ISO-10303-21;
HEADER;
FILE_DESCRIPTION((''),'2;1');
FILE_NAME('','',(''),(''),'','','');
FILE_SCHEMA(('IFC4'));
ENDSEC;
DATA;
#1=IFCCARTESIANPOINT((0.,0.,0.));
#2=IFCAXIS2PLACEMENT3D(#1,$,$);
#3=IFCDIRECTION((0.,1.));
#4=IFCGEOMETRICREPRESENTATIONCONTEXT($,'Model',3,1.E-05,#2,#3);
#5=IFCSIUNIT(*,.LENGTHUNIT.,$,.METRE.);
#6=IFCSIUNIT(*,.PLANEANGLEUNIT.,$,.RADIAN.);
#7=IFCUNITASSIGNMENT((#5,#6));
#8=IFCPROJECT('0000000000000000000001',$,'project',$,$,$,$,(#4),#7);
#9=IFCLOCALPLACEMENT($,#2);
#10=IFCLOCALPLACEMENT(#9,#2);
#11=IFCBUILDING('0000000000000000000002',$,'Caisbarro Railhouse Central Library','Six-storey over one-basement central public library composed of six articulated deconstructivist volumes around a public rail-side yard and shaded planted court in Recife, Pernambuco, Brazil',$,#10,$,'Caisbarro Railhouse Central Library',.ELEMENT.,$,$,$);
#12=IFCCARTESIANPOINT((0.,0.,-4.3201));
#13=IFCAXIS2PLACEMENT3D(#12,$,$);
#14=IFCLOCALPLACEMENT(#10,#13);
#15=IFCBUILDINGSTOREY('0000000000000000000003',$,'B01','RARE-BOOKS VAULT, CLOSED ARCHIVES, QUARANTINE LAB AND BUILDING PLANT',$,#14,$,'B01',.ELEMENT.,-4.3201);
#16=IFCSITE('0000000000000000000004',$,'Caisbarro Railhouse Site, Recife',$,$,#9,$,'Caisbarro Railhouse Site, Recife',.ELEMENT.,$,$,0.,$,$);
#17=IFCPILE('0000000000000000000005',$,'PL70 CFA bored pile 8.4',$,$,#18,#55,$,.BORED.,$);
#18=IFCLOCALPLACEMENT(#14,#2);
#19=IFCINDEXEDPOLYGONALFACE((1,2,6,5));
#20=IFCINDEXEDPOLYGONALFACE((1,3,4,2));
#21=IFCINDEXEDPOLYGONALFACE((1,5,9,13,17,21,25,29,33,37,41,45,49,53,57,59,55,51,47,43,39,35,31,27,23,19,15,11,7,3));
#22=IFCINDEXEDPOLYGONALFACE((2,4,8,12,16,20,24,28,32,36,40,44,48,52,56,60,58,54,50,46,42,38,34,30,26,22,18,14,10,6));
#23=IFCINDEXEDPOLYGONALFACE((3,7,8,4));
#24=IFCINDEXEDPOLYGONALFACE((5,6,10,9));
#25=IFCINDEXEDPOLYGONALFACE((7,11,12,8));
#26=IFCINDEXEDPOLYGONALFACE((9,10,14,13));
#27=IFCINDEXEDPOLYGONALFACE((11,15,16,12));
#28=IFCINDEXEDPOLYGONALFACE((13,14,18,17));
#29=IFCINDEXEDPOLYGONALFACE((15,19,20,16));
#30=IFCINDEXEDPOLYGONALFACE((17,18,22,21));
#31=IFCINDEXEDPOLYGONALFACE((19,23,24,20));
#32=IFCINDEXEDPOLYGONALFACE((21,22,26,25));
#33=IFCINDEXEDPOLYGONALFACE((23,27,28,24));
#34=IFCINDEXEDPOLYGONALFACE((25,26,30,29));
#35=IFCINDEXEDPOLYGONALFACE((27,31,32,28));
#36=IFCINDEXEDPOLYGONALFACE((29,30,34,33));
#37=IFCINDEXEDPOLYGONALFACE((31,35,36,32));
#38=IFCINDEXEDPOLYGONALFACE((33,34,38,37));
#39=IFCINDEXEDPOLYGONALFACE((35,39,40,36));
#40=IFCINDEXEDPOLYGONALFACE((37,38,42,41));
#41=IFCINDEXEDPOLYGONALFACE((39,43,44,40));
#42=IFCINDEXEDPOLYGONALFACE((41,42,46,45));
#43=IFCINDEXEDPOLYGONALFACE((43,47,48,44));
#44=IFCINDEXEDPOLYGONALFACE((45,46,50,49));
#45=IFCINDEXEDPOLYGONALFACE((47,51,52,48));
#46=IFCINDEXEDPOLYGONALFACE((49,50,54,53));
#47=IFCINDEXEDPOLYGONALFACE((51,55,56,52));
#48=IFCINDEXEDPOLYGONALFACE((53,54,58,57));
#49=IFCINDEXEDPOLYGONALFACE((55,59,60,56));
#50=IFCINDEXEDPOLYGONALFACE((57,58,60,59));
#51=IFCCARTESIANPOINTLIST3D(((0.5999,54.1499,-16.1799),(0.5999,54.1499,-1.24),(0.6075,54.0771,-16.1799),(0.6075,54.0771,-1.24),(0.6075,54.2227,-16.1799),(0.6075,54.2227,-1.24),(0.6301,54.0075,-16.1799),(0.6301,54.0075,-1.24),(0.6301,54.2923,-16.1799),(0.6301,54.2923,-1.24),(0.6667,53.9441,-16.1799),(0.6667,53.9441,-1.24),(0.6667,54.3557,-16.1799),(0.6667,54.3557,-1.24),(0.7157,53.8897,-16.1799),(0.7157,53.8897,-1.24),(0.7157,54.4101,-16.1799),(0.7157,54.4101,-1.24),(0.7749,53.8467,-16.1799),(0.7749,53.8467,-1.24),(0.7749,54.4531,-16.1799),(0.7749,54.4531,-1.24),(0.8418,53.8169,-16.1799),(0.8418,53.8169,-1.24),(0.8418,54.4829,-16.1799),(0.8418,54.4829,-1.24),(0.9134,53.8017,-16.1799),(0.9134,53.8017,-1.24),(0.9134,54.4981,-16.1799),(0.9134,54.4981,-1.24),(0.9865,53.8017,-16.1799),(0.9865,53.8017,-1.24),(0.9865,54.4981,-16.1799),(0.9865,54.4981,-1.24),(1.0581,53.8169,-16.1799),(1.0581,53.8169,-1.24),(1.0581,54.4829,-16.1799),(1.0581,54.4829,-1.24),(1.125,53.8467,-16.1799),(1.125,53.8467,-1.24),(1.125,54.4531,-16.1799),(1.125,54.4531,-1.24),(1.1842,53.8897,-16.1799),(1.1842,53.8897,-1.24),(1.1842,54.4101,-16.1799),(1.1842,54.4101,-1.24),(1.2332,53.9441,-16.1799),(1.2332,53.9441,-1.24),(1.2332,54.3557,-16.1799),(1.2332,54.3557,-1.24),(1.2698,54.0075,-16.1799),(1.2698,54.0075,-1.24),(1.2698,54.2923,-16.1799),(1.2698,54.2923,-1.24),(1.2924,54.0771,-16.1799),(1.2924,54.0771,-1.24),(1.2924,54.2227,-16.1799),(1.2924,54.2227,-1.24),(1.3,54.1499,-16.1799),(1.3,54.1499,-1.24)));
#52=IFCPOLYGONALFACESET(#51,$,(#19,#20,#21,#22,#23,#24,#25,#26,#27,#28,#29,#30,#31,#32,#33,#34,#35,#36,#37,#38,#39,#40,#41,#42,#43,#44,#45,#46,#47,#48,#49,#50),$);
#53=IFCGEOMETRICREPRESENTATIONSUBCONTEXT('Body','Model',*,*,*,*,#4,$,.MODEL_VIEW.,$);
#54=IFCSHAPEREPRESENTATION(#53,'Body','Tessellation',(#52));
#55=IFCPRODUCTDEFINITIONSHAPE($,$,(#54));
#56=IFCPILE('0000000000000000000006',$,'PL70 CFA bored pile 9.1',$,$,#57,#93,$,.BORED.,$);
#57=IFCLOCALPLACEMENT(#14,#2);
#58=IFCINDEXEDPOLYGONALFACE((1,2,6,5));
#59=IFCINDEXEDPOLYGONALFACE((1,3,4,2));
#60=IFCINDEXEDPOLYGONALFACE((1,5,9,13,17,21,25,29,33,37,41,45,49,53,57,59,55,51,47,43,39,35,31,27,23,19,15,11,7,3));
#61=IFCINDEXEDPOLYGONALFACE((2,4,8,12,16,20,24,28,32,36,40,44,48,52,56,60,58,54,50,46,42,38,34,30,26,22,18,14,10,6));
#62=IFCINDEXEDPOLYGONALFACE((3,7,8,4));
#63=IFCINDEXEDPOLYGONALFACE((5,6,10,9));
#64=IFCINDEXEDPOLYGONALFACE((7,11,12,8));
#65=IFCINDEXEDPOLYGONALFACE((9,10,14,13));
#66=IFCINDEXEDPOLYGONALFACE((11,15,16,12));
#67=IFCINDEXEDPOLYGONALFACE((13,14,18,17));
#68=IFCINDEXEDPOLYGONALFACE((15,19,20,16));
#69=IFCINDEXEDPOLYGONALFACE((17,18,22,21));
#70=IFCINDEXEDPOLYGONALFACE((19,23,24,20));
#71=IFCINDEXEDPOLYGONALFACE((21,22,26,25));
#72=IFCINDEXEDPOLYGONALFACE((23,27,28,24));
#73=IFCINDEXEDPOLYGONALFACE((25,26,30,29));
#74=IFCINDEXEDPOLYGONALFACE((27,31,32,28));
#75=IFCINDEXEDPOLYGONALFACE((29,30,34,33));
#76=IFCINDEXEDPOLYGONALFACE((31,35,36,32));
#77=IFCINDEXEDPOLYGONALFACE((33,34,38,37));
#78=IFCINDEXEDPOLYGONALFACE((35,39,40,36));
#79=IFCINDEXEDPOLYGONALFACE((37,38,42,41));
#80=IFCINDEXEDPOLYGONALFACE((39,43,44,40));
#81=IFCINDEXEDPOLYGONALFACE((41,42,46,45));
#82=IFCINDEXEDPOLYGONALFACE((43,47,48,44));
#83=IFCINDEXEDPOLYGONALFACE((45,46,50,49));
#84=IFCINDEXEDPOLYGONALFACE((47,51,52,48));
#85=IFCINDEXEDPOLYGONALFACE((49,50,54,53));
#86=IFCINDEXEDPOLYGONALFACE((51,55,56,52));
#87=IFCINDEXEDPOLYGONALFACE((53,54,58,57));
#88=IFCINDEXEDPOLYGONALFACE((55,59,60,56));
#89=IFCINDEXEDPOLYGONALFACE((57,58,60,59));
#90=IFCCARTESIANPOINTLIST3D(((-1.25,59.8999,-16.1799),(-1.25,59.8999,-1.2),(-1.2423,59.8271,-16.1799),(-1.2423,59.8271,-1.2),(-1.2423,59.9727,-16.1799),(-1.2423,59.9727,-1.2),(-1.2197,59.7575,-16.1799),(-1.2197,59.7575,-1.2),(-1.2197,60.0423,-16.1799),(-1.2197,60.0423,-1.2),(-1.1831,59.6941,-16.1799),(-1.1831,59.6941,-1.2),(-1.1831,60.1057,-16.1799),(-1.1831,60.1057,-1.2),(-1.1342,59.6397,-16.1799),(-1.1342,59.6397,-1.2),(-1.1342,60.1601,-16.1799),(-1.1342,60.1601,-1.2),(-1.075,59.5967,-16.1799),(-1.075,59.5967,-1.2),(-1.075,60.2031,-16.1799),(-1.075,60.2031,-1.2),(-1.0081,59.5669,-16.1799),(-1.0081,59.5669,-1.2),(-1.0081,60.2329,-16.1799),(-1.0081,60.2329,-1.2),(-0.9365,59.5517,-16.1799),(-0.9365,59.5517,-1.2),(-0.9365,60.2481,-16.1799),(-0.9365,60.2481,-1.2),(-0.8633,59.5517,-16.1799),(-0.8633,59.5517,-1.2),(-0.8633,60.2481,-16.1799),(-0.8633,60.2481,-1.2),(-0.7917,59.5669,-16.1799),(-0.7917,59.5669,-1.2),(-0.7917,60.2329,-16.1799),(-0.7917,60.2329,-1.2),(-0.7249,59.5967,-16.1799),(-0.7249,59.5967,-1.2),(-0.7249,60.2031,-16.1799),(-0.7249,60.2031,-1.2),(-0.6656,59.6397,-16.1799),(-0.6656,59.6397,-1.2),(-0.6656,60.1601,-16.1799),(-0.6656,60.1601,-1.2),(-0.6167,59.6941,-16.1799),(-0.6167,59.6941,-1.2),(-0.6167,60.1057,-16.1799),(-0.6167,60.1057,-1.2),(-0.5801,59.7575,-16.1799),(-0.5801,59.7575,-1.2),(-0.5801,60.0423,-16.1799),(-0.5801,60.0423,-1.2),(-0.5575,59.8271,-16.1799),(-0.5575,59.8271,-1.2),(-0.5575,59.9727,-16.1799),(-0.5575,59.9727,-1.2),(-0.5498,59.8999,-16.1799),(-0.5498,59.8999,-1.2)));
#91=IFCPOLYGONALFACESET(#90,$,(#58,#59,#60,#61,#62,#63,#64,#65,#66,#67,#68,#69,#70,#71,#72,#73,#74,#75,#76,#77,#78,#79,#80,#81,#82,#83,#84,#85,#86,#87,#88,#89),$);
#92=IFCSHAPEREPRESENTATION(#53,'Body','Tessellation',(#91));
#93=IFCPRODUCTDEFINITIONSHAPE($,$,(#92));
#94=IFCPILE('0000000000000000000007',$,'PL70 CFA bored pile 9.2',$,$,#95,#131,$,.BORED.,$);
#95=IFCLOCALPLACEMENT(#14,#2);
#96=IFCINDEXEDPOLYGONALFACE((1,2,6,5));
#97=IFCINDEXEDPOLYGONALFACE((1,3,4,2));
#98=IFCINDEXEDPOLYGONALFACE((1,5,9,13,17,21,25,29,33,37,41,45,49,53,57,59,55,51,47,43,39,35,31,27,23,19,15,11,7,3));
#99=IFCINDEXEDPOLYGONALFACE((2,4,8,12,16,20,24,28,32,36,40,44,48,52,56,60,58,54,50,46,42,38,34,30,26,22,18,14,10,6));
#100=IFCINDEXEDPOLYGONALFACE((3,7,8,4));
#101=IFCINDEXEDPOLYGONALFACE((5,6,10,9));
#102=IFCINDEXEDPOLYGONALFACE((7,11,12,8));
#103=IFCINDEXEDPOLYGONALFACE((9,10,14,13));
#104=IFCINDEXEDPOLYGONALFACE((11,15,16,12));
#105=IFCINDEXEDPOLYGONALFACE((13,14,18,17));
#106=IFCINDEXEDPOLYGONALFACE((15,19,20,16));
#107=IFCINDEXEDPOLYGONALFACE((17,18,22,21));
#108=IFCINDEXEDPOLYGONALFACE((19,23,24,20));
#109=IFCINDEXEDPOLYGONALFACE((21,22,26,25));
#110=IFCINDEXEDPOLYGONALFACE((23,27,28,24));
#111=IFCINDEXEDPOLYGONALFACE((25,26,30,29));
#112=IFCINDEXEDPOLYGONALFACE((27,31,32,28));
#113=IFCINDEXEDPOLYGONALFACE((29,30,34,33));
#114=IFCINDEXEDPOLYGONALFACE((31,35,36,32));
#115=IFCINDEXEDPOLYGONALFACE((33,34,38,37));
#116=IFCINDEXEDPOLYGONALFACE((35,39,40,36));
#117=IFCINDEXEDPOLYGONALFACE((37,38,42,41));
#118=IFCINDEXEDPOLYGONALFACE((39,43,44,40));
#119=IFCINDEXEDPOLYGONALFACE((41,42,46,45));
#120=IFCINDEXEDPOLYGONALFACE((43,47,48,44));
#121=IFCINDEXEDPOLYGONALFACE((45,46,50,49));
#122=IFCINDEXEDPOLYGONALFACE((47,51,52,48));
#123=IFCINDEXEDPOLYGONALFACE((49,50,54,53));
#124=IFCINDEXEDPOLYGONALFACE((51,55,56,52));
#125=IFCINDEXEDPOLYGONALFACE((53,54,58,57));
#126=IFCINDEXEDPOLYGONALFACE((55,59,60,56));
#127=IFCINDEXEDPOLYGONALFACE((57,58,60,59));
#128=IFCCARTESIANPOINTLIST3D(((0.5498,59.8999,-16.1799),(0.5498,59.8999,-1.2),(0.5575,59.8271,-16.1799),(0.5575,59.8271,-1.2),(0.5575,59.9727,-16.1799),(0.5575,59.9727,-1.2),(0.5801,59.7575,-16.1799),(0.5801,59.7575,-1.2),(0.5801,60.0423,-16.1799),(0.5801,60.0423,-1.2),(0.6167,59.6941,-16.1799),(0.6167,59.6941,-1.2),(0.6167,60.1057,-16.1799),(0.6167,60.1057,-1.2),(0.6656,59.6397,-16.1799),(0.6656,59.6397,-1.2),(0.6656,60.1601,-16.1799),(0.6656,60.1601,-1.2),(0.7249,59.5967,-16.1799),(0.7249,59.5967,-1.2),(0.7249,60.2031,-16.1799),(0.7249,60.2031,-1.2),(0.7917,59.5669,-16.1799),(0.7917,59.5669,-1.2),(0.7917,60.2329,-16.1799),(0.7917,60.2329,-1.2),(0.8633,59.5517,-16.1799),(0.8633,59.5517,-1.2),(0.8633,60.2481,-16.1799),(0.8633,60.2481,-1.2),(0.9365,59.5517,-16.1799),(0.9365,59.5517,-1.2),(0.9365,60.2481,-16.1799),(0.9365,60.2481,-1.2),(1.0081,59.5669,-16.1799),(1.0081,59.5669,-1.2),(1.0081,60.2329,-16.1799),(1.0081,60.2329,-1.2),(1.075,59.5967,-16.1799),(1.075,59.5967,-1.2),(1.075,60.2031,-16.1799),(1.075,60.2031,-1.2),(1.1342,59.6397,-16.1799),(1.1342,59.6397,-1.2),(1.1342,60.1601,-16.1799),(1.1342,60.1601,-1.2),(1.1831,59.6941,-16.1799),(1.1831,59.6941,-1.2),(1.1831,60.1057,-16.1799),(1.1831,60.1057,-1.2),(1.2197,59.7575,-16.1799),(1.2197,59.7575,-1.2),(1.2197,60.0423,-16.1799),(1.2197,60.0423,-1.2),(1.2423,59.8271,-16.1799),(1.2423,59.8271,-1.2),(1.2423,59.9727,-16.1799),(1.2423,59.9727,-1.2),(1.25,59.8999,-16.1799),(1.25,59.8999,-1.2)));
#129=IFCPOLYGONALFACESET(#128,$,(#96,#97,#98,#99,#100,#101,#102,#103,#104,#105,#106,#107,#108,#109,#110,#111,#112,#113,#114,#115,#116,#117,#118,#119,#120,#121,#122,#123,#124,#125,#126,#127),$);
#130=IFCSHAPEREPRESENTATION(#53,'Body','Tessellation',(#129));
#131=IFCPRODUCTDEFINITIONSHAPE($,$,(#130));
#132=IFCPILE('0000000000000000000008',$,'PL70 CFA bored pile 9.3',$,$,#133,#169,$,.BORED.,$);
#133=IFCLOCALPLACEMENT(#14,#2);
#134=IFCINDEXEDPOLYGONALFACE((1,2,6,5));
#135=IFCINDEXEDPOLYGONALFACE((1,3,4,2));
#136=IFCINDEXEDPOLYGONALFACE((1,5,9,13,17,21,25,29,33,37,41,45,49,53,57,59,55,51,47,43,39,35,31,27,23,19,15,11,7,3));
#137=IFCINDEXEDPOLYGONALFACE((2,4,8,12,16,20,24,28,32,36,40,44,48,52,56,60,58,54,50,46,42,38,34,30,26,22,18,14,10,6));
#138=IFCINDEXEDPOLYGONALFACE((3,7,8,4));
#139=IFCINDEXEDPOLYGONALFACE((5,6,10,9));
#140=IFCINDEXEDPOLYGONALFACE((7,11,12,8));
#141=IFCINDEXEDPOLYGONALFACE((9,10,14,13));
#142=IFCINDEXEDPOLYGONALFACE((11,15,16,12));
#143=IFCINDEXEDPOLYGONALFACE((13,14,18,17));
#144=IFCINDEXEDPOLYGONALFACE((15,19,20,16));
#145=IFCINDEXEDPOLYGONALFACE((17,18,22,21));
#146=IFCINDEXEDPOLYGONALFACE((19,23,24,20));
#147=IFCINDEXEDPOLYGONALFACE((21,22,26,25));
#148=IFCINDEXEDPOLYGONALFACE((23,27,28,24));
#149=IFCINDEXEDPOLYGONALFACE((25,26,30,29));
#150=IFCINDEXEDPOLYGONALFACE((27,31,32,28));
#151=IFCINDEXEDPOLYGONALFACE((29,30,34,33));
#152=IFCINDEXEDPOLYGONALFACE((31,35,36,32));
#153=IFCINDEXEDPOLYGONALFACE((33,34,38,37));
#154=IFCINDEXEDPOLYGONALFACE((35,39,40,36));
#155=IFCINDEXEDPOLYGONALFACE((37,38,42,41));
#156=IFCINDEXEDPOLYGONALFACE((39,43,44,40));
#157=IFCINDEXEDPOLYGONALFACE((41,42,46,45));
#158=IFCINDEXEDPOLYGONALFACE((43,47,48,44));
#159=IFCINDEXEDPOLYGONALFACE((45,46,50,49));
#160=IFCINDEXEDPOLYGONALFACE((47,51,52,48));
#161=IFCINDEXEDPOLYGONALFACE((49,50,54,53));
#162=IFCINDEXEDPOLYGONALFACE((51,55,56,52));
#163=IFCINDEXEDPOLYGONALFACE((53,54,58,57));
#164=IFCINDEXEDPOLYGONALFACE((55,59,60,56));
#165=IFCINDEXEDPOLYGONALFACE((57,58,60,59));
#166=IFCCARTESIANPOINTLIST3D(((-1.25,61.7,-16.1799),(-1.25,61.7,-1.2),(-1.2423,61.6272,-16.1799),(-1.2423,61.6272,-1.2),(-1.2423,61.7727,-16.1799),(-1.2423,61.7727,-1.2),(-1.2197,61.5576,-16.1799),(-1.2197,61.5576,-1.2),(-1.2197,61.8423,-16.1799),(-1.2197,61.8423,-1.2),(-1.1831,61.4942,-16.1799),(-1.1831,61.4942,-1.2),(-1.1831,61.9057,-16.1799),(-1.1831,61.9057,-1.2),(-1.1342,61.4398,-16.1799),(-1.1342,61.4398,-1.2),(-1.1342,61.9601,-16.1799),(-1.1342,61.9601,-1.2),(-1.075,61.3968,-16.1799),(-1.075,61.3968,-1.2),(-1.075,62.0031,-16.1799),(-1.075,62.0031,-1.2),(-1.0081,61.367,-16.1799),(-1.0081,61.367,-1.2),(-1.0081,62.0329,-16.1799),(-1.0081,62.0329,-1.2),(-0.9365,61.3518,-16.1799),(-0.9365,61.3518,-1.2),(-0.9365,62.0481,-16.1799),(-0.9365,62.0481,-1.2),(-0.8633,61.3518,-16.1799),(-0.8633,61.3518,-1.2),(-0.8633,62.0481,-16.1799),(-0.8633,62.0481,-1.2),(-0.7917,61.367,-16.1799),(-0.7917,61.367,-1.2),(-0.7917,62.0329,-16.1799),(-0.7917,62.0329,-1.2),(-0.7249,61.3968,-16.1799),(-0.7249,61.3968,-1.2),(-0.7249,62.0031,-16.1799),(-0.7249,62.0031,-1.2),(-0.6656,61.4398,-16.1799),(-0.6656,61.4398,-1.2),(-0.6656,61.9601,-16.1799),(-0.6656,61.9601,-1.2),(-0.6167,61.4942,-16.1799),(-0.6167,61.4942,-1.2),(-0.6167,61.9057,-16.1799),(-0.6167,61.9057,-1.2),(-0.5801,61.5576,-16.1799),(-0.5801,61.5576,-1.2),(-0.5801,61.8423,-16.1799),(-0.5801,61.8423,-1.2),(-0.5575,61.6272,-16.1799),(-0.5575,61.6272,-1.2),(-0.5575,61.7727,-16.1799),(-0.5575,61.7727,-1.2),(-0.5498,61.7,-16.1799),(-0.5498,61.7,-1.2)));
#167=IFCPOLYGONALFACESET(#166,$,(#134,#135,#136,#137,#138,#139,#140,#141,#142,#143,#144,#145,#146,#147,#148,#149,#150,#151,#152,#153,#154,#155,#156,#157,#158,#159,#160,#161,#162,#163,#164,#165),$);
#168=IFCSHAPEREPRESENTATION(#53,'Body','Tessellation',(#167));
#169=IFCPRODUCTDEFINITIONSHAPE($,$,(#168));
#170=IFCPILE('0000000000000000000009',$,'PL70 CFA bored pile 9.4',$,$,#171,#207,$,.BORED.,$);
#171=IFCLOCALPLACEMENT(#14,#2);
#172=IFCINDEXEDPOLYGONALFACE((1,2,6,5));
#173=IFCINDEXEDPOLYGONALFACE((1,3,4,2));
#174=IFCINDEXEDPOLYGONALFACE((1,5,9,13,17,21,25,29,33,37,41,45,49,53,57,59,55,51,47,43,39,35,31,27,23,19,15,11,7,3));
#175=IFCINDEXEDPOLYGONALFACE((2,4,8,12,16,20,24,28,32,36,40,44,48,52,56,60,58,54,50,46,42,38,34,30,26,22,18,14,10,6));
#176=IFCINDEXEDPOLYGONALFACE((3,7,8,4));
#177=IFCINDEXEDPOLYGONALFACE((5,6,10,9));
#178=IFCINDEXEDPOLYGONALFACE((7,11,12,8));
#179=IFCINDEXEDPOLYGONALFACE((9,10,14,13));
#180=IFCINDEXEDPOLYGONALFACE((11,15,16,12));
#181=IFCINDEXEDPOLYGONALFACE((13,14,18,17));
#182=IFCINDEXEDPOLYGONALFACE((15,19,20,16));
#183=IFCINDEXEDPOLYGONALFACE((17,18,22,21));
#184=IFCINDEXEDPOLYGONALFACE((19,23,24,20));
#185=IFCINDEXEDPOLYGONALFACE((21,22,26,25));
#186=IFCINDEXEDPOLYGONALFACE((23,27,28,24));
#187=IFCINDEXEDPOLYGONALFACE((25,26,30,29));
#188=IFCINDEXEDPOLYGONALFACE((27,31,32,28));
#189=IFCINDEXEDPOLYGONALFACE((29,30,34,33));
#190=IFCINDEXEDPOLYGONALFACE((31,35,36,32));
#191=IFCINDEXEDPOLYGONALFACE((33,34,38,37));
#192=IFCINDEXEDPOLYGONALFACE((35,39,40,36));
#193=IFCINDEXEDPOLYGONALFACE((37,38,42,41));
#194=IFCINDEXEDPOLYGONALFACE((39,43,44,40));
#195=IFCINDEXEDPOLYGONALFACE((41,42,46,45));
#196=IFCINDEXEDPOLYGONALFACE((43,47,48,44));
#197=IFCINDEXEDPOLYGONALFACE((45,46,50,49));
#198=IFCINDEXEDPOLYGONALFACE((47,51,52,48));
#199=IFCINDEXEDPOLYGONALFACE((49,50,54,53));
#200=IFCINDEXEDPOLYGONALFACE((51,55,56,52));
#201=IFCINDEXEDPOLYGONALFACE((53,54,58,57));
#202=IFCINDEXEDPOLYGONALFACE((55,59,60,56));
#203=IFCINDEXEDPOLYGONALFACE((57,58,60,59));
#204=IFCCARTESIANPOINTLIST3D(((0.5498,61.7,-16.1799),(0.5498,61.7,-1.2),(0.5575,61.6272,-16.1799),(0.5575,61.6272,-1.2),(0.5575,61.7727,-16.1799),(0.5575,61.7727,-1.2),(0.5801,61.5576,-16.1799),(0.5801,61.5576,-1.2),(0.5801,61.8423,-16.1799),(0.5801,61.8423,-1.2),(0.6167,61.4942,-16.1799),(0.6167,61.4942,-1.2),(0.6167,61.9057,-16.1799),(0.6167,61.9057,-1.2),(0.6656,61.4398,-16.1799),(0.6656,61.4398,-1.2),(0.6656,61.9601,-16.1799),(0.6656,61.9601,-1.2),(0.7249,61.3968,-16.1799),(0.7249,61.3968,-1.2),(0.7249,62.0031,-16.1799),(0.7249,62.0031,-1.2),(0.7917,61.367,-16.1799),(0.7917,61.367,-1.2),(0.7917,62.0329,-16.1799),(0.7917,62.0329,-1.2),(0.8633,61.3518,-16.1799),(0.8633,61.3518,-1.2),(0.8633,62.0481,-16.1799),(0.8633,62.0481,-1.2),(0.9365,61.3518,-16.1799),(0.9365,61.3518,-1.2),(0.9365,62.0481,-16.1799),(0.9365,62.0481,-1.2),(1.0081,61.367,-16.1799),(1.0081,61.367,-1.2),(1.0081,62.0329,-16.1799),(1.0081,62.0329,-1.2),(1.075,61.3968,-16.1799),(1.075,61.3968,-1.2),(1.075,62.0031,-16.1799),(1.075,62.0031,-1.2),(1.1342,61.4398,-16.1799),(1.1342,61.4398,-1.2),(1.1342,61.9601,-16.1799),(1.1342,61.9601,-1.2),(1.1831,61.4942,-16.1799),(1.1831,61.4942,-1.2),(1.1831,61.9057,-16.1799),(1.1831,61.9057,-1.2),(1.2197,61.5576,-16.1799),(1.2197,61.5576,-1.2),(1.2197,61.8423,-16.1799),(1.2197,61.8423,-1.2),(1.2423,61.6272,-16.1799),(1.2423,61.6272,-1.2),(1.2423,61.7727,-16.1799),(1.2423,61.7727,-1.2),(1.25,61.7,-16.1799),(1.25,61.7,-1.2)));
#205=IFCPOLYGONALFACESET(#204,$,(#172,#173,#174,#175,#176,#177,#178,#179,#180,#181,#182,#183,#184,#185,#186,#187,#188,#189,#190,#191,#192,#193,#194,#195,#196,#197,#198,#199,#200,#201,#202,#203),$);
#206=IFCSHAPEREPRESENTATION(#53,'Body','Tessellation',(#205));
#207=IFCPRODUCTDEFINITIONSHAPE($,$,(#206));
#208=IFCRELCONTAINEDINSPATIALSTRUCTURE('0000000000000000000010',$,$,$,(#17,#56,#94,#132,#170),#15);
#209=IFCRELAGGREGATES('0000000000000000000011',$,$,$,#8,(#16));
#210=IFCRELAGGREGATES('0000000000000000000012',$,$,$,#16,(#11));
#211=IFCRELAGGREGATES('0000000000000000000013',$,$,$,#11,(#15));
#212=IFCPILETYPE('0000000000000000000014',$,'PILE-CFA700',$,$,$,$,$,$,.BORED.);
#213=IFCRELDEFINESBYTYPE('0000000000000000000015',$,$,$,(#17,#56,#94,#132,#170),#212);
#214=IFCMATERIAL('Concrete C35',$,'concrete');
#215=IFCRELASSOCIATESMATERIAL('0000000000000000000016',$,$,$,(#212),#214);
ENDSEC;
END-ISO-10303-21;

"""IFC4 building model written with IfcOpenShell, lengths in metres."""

from ifc_helpers import new_model, si_unit, direction, frame, origin, origin_2d, place, context, subcontext, project, spatial, circle, extrude, material, material_profile, profile_set, type_object, element, save


model = new_model("IFC4")

# Units and contexts
model_context = context("Model", 3, precision=1e-05, world=origin(), true_north=direction((0.0, 1.0)))
body_context = subcontext(model_context, "Body", "Model", "MODEL_VIEW")
ifc_project = project(units=[si_unit("LENGTHUNIT", "METRE"), si_unit("PLANEANGLEUNIT", "RADIAN")], contexts=[model_context])

# Site, building, storey
site_placement = place(None, origin())
site = spatial("IfcSite", under=ifc_project, at=site_placement, Name="Caisbarro Railhouse Site, Recife", LongName="Caisbarro Railhouse Site, Recife", CompositionType="ELEMENT", RefElevation=0.0)
building_placement = place(site_placement, origin())
building = spatial("IfcBuilding", under=site, at=building_placement, Name="Caisbarro Railhouse Central Library", Description="Six-storey over one-basement central public library composed of six articulated deconstructivist volumes around a public rail-side yard and shaded planted court in Recife, Pernambuco, Brazil", LongName="Caisbarro Railhouse Central Library", CompositionType="ELEMENT")
storey_placement = place(building_placement, frame((0.0, 0.0, -4.3201)))
storey = spatial("IfcBuildingStorey", under=building, at=storey_placement, Name="B01", Description="RARE-BOOKS VAULT, CLOSED ARCHIVES, QUARANTINE LAB AND BUILDING PLANT", LongName="B01", CompositionType="ELEMENT", Elevation=-4.3201)

# Shared definitions
ifc_material_1 = material(Name="Concrete C35", Category="concrete")

# Piles
ifc_material_profile_1 = material_profile(ifc_material_1, circle(Radius=0.3501, at=origin_2d()), Name="PILE-CFA-700")
ifc_profile_set_1 = profile_set([ifc_material_profile_1], Name="Concrete C35")
pile_type_1 = type_object("IfcPileType", Name="PILE-CFA700", PredefinedType="BORED", material=ifc_profile_set_1)
for number, where, z_axis, x_axis, name in (
    (1, (0.95, 54.1499, -1.24), (0.0, 0.0, -1.0), (1.0, 0.0, 0.0), "PL70 CFA bored pile 8.4"),
):
    element("IfcPile", number, at=place(storey_placement, frame(where, z_axis=z_axis, x_axis=x_axis)), inside=storey, type_object=pile_type_1, Name=name, PredefinedType="BORED", context=body_context, shape_type="SweptSolid", body=[
        extrude(circle(Radius=0.3501, at=origin_2d()), origin(), (0.0, 0.0, 1.0), 14.9399),
    ])
for number, where, z_axis, x_axis, name in (
    (2, (-0.8999, 59.8999, -1.2), (0.0, 0.0, -1.0), (1.0, 0.0, 0.0), "PL70 CFA bored pile 9.1"),
    (3, (0.8999, 59.8999, -1.2), (0.0, 0.0, -1.0), (1.0, 0.0, 0.0), "PL70 CFA bored pile 9.2"),
    (4, (-0.8999, 61.7, -1.2), (0.0, 0.0, -1.0), (1.0, 0.0, 0.0), "PL70 CFA bored pile 9.3"),
    (5, (0.8999, 61.7, -1.2), (0.0, 0.0, -1.0), (1.0, 0.0, 0.0), "PL70 CFA bored pile 9.4"),
):
    element("IfcPile", number, at=place(storey_placement, frame(where, z_axis=z_axis, x_axis=x_axis)), inside=storey, type_object=pile_type_1, Name=name, PredefinedType="BORED", context=body_context, shape_type="SweptSolid", body=[
        extrude(circle(Radius=0.3501, at=origin_2d()), origin(), (0.0, 0.0, 1.0), 14.98),
    ])

save(model, "model.ifc")
